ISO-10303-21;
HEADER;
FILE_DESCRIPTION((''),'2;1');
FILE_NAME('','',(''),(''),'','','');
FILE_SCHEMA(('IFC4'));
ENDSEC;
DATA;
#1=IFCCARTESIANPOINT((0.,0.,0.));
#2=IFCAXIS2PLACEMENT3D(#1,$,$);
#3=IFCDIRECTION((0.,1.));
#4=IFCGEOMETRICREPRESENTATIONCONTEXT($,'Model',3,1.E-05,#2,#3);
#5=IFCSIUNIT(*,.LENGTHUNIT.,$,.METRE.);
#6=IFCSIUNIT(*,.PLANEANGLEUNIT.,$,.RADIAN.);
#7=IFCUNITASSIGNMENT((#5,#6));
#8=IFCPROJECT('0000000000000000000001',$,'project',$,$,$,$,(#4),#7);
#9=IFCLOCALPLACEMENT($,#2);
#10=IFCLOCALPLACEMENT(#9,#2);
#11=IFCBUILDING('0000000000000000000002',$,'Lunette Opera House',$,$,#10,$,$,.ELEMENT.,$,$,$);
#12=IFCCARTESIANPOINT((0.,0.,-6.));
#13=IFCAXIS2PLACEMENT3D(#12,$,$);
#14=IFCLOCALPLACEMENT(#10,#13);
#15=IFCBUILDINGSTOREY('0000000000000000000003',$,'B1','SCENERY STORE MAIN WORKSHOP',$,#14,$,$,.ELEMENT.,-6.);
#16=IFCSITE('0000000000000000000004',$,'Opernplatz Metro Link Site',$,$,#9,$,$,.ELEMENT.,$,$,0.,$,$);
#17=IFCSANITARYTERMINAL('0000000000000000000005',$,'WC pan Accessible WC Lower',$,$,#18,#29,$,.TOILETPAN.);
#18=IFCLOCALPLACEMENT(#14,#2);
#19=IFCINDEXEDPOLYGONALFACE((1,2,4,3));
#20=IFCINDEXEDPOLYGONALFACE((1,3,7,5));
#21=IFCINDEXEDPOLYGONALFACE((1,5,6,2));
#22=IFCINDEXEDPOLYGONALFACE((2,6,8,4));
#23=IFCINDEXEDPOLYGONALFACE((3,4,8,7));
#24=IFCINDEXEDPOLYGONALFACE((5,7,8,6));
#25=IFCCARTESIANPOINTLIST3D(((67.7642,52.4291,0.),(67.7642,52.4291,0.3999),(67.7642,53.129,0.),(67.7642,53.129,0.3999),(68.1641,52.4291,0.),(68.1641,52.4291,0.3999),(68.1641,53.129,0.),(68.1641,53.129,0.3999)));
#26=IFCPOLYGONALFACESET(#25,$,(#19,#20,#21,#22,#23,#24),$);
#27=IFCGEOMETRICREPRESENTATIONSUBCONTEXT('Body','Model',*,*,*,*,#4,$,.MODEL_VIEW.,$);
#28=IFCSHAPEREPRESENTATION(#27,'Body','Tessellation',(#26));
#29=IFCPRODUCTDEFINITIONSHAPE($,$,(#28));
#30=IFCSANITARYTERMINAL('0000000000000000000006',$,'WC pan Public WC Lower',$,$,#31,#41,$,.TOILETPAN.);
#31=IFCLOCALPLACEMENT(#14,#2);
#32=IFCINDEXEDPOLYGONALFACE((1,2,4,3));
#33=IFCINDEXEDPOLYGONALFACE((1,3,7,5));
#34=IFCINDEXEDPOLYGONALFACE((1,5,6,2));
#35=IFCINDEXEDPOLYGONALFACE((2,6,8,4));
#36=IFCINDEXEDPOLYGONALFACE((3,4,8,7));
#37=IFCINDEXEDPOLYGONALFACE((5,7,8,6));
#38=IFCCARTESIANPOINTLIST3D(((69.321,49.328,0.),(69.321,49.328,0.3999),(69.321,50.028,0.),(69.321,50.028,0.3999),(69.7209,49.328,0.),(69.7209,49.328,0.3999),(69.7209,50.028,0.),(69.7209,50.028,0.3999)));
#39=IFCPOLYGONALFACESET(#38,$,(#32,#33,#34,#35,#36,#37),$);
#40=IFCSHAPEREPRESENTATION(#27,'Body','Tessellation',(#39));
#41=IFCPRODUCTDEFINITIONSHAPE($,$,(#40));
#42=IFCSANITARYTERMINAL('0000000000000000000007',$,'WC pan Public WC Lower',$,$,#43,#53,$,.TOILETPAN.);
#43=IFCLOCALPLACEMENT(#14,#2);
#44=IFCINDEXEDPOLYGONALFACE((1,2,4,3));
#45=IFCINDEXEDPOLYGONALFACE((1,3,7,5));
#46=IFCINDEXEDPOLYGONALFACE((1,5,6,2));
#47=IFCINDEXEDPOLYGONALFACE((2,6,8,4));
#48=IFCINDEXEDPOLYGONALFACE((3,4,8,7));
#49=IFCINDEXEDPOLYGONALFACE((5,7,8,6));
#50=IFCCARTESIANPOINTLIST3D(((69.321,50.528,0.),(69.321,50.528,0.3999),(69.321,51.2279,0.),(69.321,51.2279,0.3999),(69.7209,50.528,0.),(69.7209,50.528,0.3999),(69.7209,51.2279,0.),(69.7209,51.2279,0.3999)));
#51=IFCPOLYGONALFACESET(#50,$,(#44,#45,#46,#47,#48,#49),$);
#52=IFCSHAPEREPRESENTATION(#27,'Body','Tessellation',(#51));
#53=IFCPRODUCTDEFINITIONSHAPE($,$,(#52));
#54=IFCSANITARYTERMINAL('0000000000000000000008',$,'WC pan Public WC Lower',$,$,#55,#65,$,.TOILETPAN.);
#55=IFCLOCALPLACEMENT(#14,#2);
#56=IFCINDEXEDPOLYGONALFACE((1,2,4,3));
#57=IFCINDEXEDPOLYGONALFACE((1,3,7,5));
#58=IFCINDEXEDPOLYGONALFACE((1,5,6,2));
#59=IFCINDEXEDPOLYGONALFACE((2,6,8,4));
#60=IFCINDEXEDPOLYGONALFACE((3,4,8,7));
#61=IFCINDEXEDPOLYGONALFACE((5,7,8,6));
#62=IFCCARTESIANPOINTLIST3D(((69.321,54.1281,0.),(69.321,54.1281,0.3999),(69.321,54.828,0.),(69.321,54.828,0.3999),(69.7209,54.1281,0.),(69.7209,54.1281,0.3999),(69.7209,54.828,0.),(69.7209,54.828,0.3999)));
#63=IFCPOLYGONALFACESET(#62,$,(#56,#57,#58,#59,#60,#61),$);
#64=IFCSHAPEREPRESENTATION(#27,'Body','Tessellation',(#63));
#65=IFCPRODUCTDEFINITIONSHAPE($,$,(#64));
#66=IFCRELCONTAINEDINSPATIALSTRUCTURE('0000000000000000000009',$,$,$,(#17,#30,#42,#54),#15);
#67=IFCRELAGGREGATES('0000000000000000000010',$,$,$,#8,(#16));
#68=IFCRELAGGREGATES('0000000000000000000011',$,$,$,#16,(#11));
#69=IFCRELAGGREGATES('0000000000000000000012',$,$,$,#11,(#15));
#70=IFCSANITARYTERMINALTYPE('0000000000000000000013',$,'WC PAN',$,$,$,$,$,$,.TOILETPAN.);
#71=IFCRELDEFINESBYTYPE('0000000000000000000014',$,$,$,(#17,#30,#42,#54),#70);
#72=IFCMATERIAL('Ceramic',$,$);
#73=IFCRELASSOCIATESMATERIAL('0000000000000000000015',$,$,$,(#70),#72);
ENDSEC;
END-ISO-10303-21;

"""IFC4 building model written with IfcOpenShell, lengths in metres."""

from ifc_helpers import new_model, si_unit, direction, frame, origin, origin_2d, place, context, subcontext, project, spatial, rectangle, extrude, material, type_object, element, save


model = new_model("IFC4")

# Units and contexts
model_context = context("Model", 3, precision=1e-05, world=origin(), true_north=direction((0.0, 1.0)))
body_context = subcontext(model_context, "Body", "Model", "MODEL_VIEW")
ifc_project = project(units=[si_unit("LENGTHUNIT", "METRE"), si_unit("PLANEANGLEUNIT", "RADIAN")], contexts=[model_context])

# Site, building, storey
site_placement = place(None, origin())
site = spatial("IfcSite", under=ifc_project, at=site_placement, Name="Opernplatz Metro Link Site", CompositionType="ELEMENT", RefElevation=0.0)
building_placement = place(site_placement, origin())
building = spatial("IfcBuilding", under=site, at=building_placement, Name="Lunette Opera House", CompositionType="ELEMENT")
storey_placement = place(building_placement, frame((0.0, 0.0, -6.0)))
storey = spatial("IfcBuildingStorey", under=building, at=storey_placement, Name="B1", Description="SCENERY STORE MAIN WORKSHOP", CompositionType="ELEMENT", Elevation=-6.0)

# Sanitary terminals
ifc_material_1 = material(Name="Ceramic")
sanitary_terminal_type = type_object("IfcSanitaryTerminalType", Name="WC PAN", PredefinedType="TOILETPAN", material=ifc_material_1)
for number, where, z_axis, x_axis, name in (
    (1, (67.9641, 52.7791, 0.0), (0.0, 0.0, 1.0), (1.0, 0.0, 0.0), "WC pan Accessible WC Lower"),
    (2, (69.521, 49.678, 0.0), (0.0, 0.0, 1.0), (1.0, 0.0, 0.0), "WC pan Public WC Lower"),
    (3, (69.521, 50.8779, 0.0), (0.0, 0.0, 1.0), (1.0, 0.0, 0.0), "WC pan Public WC Lower"),
    (4, (69.521, 54.478, 0.0), (0.0, 0.0, 1.0), (1.0, 0.0, 0.0), "WC pan Public WC Lower"),
):
    element("IfcSanitaryTerminal", number, at=place(storey_placement, frame(where, z_axis=z_axis, x_axis=x_axis)), inside=storey, type_object=sanitary_terminal_type, Name=name, PredefinedType="TOILETPAN", context=body_context, shape_type="SweptSolid", body=[
        extrude(rectangle(XDim=0.3999, YDim=0.7, at=origin_2d()), origin(), (0.0, 0.0, 1.0), 0.3999),
    ])

save(model, "model.ifc")
